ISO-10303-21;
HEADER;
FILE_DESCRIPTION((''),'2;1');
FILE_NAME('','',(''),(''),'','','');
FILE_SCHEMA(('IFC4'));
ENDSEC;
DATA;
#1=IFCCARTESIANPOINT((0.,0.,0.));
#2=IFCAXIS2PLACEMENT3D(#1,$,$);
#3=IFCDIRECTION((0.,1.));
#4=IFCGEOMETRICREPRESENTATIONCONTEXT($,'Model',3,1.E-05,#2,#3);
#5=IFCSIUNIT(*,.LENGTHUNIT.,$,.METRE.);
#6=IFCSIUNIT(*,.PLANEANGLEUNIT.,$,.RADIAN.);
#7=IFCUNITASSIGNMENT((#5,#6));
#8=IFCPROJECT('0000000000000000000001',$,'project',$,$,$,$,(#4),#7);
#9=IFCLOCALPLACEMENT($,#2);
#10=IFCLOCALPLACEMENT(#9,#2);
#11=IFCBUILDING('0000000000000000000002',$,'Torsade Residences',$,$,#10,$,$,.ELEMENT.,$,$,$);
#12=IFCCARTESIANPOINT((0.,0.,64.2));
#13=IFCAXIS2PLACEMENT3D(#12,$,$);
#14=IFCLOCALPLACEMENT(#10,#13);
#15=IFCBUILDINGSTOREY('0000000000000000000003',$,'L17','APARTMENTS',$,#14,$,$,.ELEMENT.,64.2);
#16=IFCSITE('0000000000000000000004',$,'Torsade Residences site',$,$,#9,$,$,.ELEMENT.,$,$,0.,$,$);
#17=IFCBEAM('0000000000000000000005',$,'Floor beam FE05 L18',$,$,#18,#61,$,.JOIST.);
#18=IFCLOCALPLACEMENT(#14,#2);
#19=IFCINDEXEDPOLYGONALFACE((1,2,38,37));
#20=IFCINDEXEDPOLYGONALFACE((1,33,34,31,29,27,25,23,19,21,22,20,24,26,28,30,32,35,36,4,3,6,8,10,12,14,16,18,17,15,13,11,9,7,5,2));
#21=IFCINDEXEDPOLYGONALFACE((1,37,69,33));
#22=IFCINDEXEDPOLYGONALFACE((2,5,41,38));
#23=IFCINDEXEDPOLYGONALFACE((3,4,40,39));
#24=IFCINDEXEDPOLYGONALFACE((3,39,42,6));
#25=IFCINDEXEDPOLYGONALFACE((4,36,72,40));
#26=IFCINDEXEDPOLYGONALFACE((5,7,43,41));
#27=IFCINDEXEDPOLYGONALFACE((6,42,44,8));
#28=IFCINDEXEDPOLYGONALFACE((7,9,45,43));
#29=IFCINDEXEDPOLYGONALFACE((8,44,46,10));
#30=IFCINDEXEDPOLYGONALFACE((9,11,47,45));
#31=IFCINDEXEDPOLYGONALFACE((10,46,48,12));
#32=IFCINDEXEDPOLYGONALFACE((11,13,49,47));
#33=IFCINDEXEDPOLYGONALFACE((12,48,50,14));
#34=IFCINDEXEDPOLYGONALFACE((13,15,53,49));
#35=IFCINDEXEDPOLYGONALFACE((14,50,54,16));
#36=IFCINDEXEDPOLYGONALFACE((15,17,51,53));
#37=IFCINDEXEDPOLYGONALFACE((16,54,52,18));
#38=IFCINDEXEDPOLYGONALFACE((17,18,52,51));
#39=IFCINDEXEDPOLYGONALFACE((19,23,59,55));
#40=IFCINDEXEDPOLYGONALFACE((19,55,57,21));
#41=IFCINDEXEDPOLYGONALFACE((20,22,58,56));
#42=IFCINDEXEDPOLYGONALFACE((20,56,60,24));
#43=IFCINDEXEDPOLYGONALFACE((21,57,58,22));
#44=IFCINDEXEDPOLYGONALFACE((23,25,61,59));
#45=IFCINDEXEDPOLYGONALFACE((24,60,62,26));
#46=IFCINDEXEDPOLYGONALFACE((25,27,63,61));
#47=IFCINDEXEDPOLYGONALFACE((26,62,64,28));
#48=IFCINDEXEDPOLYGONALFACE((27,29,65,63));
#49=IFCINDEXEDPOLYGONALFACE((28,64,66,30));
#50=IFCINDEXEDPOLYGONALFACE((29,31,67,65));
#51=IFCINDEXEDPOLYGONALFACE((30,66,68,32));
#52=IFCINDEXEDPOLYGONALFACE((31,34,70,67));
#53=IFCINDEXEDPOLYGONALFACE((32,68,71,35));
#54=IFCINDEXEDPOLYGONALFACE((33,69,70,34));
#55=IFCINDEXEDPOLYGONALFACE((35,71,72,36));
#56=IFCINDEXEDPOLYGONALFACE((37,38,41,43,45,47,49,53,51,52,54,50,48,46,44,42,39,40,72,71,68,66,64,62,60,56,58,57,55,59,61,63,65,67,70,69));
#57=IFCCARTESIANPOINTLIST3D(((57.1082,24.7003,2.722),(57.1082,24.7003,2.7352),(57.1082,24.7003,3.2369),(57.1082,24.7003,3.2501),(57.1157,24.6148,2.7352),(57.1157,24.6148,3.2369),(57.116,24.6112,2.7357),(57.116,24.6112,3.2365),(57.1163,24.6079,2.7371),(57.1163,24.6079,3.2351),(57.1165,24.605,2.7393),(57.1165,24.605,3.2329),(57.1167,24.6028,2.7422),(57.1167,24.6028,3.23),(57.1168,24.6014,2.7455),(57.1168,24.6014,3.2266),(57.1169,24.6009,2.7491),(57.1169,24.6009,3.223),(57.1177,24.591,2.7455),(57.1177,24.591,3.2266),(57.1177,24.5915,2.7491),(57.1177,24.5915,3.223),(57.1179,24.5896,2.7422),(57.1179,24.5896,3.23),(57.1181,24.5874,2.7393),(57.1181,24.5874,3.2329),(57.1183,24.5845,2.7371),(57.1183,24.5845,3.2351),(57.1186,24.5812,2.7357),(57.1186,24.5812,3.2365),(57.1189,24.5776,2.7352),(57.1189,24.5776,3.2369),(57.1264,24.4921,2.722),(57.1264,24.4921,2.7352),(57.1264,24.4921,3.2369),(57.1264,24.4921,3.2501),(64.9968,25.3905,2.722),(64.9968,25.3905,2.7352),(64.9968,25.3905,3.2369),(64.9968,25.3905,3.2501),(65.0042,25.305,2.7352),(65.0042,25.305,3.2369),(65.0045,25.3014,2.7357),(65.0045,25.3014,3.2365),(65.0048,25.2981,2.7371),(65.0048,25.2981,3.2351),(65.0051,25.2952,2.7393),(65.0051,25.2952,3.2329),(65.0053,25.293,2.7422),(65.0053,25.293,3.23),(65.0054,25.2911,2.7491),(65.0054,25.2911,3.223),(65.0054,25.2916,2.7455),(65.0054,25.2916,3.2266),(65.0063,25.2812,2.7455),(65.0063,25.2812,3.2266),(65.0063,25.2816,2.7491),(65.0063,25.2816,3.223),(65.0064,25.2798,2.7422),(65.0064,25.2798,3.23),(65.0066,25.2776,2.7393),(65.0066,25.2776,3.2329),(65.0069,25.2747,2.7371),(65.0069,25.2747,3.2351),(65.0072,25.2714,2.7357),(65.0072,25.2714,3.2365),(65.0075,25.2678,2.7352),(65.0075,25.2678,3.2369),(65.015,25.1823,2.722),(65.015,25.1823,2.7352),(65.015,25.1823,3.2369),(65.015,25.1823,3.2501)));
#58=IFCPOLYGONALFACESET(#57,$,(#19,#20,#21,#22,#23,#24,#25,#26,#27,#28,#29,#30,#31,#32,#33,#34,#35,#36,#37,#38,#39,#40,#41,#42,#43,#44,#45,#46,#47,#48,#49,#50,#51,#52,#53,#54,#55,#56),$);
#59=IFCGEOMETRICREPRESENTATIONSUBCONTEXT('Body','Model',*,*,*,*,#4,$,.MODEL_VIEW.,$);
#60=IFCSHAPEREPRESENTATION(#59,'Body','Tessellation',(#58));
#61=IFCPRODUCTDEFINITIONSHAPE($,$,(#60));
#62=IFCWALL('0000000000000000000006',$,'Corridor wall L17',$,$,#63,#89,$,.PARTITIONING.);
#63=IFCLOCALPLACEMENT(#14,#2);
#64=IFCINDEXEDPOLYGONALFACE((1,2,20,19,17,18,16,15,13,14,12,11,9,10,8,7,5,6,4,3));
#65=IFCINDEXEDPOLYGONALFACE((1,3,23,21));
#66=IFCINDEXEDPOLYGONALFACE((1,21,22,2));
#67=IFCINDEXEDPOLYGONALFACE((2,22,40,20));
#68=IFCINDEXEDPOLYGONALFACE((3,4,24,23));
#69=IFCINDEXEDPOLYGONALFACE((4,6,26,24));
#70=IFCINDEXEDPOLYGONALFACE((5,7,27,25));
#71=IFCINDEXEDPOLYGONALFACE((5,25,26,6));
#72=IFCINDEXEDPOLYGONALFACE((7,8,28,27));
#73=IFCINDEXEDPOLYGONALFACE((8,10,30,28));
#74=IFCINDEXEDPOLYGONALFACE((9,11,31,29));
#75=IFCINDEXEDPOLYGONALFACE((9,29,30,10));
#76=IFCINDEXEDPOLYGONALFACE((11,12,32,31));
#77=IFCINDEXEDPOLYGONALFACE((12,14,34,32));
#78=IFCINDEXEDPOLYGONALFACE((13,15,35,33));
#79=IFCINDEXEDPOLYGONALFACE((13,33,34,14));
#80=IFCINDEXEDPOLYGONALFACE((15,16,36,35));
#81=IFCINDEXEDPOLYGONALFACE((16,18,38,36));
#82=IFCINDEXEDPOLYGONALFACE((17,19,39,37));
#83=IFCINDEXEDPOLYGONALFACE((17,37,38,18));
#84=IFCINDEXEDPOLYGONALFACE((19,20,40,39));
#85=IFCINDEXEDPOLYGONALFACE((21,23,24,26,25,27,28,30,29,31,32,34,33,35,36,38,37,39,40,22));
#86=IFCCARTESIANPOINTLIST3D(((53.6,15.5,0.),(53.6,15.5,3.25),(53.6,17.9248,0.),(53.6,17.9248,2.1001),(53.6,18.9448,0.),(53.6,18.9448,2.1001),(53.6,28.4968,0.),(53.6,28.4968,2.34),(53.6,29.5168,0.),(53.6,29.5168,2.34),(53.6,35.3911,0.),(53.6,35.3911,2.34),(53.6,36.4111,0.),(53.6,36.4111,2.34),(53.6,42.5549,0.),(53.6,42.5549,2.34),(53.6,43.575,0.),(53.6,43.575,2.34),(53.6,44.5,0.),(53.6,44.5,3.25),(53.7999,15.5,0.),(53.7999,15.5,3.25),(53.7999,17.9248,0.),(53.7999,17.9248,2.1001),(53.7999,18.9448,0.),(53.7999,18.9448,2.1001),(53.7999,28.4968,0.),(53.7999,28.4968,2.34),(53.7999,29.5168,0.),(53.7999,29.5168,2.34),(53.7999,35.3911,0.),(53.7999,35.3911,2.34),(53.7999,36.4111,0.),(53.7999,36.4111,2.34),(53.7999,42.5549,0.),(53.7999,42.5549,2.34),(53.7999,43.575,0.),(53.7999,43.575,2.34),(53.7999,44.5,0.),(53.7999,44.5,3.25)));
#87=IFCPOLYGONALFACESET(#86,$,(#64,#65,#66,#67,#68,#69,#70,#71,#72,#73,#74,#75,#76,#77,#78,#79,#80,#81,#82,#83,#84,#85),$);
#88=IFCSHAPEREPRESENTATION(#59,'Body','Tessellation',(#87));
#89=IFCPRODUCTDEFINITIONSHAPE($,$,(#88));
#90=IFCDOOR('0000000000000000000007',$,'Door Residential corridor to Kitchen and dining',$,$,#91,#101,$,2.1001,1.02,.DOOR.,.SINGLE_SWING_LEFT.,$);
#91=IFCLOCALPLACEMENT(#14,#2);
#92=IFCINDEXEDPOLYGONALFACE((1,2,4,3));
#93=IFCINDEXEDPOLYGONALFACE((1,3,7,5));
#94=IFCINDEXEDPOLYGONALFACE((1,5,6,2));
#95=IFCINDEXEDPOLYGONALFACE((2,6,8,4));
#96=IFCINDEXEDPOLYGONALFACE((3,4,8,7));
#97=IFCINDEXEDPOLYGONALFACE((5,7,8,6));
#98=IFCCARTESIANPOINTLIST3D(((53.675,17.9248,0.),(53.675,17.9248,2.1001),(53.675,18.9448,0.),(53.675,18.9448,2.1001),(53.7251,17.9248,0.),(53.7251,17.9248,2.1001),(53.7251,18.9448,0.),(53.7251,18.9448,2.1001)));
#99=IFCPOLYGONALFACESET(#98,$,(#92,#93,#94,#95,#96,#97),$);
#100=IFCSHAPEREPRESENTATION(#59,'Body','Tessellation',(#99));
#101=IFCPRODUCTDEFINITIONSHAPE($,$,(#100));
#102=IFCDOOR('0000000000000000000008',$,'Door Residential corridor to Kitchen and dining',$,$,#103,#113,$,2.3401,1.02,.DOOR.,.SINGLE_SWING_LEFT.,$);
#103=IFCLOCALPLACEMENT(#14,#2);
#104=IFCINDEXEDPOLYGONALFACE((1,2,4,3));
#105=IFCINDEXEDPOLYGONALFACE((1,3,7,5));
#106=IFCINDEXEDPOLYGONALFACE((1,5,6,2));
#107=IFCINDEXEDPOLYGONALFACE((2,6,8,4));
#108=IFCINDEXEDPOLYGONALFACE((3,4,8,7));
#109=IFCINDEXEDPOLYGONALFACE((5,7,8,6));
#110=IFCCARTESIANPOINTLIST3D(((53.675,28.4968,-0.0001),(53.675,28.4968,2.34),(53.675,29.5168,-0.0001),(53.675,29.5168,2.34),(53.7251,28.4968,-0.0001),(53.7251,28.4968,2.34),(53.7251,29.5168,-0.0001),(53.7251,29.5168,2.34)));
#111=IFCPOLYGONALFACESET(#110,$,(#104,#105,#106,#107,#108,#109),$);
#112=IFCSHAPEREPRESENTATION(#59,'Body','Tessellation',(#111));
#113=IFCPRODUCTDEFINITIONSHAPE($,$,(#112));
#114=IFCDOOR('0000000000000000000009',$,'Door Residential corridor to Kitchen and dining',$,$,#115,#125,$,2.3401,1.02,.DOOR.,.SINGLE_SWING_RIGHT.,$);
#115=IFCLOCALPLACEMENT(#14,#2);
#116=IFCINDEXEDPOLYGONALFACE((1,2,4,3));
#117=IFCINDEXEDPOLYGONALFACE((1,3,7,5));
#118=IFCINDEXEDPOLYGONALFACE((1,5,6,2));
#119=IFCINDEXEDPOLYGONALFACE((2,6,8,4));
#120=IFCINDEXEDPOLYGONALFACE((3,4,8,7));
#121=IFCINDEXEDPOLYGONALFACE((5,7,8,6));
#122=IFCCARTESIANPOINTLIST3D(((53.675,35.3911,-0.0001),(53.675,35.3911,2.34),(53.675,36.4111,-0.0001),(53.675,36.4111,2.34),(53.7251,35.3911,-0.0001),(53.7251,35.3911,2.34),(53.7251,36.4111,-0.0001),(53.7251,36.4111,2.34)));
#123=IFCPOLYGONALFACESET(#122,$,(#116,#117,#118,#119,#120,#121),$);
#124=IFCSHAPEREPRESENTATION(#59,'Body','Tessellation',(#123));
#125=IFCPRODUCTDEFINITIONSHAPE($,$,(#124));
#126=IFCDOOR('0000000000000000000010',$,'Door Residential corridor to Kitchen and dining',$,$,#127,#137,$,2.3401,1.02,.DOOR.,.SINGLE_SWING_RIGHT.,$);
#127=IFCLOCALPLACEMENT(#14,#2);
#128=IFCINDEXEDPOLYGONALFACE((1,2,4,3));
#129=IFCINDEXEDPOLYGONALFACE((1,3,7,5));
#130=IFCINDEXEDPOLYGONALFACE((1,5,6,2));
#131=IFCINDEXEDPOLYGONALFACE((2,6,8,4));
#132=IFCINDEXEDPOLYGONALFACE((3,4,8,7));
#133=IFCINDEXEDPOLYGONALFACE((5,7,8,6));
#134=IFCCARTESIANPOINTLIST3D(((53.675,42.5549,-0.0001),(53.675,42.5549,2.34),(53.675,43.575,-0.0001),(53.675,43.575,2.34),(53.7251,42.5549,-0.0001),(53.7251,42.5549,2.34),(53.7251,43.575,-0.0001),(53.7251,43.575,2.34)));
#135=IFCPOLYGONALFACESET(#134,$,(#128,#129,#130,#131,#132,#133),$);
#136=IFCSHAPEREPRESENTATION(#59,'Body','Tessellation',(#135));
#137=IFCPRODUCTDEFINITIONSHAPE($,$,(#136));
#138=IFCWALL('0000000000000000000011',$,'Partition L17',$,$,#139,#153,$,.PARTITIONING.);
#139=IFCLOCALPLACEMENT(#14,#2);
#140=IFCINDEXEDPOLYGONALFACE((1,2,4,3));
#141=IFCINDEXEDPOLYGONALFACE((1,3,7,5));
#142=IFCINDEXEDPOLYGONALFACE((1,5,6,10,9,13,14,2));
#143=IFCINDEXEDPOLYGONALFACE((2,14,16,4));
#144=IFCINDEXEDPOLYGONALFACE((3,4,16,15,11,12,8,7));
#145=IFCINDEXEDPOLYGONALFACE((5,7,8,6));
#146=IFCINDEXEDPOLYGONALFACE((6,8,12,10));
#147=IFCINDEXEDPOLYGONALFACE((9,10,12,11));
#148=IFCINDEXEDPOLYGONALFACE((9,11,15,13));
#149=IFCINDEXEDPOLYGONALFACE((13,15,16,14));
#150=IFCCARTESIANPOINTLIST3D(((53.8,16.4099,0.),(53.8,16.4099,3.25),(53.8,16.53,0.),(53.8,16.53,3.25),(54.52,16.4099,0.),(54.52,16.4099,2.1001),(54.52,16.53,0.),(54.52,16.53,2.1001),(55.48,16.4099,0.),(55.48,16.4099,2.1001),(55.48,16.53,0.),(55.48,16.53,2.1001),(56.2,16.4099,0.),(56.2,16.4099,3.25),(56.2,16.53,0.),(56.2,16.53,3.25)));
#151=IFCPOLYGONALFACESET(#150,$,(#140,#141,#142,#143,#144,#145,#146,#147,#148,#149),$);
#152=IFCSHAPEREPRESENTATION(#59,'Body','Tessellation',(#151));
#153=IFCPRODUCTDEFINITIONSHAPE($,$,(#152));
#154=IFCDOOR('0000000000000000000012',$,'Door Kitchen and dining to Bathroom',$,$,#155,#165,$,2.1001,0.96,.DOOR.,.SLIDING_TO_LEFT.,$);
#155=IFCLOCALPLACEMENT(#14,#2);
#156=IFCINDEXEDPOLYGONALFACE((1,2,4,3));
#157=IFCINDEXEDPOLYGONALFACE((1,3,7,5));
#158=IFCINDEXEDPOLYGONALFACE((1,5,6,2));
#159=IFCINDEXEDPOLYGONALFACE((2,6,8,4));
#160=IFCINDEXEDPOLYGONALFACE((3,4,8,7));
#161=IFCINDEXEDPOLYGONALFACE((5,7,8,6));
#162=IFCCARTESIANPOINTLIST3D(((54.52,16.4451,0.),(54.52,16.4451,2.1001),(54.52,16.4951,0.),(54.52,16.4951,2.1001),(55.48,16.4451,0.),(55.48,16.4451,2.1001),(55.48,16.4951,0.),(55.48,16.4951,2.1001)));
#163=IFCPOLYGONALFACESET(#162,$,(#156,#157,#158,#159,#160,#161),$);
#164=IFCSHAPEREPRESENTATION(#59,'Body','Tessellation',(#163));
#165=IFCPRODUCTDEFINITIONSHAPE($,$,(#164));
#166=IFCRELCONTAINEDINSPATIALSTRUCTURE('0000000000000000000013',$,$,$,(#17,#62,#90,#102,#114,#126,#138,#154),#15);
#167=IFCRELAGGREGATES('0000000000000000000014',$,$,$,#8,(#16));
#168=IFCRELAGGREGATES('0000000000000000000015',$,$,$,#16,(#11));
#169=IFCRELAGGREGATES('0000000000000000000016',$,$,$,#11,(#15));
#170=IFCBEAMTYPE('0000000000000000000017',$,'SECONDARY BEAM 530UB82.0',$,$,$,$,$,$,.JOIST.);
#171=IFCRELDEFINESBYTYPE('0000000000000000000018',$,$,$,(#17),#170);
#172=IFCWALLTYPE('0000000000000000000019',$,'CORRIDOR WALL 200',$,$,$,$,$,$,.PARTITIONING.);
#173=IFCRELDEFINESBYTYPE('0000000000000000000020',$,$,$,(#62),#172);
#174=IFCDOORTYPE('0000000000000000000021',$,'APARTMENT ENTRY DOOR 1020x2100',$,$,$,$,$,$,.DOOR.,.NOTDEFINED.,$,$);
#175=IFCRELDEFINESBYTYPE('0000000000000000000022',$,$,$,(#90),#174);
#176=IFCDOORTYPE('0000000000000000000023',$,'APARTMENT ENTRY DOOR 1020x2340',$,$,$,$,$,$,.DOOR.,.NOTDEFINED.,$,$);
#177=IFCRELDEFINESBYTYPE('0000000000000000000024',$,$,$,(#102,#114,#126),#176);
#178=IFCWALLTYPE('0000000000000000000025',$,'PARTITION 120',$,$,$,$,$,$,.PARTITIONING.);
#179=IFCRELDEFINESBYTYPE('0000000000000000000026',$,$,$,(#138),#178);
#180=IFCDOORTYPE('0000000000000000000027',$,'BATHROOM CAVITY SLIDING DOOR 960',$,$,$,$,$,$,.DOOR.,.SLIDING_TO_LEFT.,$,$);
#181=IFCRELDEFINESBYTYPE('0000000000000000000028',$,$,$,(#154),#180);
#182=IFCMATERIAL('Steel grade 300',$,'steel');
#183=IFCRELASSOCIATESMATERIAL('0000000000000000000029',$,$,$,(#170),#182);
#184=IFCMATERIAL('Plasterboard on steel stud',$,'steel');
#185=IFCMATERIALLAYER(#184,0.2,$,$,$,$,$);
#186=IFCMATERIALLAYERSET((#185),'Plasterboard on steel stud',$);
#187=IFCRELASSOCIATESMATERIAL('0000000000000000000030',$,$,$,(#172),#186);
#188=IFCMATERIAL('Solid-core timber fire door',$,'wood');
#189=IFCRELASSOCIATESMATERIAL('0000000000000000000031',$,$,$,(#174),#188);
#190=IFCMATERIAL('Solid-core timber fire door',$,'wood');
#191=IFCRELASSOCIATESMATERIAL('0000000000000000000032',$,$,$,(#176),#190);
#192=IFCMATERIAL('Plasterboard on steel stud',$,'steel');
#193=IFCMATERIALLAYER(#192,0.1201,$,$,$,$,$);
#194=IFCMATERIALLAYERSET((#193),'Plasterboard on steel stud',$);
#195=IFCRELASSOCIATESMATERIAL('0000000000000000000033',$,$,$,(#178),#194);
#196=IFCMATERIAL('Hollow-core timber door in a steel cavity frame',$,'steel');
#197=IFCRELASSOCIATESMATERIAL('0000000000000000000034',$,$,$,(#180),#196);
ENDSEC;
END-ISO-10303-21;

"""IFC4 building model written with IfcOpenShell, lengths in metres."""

from ifc_helpers import new_model, si_unit, direction, frame, frame_2d, origin, origin_2d, place, context, subcontext, project, spatial, rectangle, i_section, extrude, material, layer, layer_set, material_profile, profile_set, type_object, element, fill, save


model = new_model("IFC4")

# Units and contexts
model_context = context("Model", 3, precision=1e-05, world=origin(), true_north=direction((0.0, 1.0)))
body_context = subcontext(model_context, "Body", "Model", "MODEL_VIEW")
ifc_project = project(units=[si_unit("LENGTHUNIT", "METRE"), si_unit("PLANEANGLEUNIT", "RADIAN")], contexts=[model_context])

# Site, building, storey
site_placement = place(None, origin())
site = spatial("IfcSite", under=ifc_project, at=site_placement, Name="Torsade Residences site", CompositionType="ELEMENT", RefElevation=0.0)
building_placement = place(site_placement, origin())
building = spatial("IfcBuilding", under=site, at=building_placement, Name="Torsade Residences", CompositionType="ELEMENT")
storey_placement = place(building_placement, frame((0.0, 0.0, 64.2)))
storey = spatial("IfcBuildingStorey", under=building, at=storey_placement, Name="L17", Description="APARTMENTS", CompositionType="ELEMENT", Elevation=64.2)

# Beam
ifc_material_1 = material(Name="Steel grade 300", Category="steel")
ifc_material_profile_1 = material_profile(ifc_material_1, i_section(OverallWidth=0.209, OverallDepth=0.5281, WebThickness=0.0095, FlangeThickness=0.0132, FilletRadius=0.0139, at=origin_2d()), Name="530UB82.0")
ifc_profile_set_1 = profile_set([ifc_material_profile_1], Name="Steel grade 300")
beam_type_1 = type_object("IfcBeamType", Name="SECONDARY BEAM 530UB82.0", PredefinedType="JOIST", material=ifc_profile_set_1)
beam_1_placement = place(storey_placement, frame((65.0059, 25.2864, 2.9861), z_axis=(-0.996195, -0.087158, 0.0), x_axis=(0.087158, -0.996195, 0.0)))
element("IfcBeam", 1, at=beam_1_placement, inside=storey, type_object=beam_type_1, Name="Floor beam FE05 L18", PredefinedType="JOIST", context=body_context, shape_type="SweptSolid", body=[
    extrude(i_section(OverallWidth=0.209, OverallDepth=0.5281, WebThickness=0.0095, FlangeThickness=0.0132, FilletRadius=0.0139, at=origin_2d()), origin(), (0.0, 0.0, 1.0), 7.9187),
])

# Wall, openings, doors
ifc_material_2 = material(Name="Plasterboard on steel stud", Category="steel")
ifc_layer_1 = layer(ifc_material_2, 0.2)
ifc_layer_set_1 = layer_set([ifc_layer_1], Name="Plasterboard on steel stud")
wall_type_1 = type_object("IfcWallType", Name="CORRIDOR WALL 200", PredefinedType="PARTITIONING", material=ifc_layer_set_1)
wall_1_placement = place(storey_placement, frame((53.7, 15.5, 0.0), z_axis=(0.0, 0.0, 1.0), x_axis=(0.0, 1.0, 0.0)))
wall_1 = element("IfcWall", 2, at=wall_1_placement, inside=storey, type_object=wall_type_1, Name="Corridor wall L17", PredefinedType="PARTITIONING", context=body_context, shape_type="SweptSolid", body=[
    extrude(rectangle(XDim=29.0, YDim=0.2, at=frame_2d((14.5, 0.0))), origin(), (0.0, 0.0, 1.0), 3.25),
])
opening_1_placement = place(wall_1_placement, frame((12.9968, 0.0, 0.0)))
opening_1 = element("IfcOpeningElement", 3, at=opening_1_placement, cuts=wall_1, PredefinedType="OPENING", context=body_context, shape_type="SweptSolid", body=[
    extrude(rectangle(XDim=1.02, YDim=2.3401, at=frame_2d((0.51, 1.1699))), frame((0.0, 0.1099, 0.0), z_axis=(0.0, -1.0, 0.0), x_axis=(1.0, 0.0, 0.0)), (0.0, 0.0, 1.0), 0.22),
])
opening_2_placement = place(wall_1_placement, frame((19.8911, 0.0, 0.0)))
opening_2 = element("IfcOpeningElement", 4, at=opening_2_placement, cuts=wall_1, PredefinedType="OPENING", context=body_context, shape_type="SweptSolid", body=[
    extrude(rectangle(XDim=1.02, YDim=2.3401, at=frame_2d((0.51, 1.1699))), frame((0.0, 0.1099, 0.0), z_axis=(0.0, -1.0, 0.0), x_axis=(1.0, 0.0, 0.0)), (0.0, 0.0, 1.0), 0.22),
])
opening_3_placement = place(wall_1_placement, frame((2.4248, 0.0, 0.0)))
opening_3 = element("IfcOpeningElement", 5, at=opening_3_placement, cuts=wall_1, PredefinedType="OPENING", context=body_context, shape_type="SweptSolid", body=[
    extrude(rectangle(XDim=1.02, YDim=2.1001, at=frame_2d((0.51, 1.05))), frame((0.0, 0.1099, 0.0), z_axis=(0.0, -1.0, 0.0), x_axis=(1.0, 0.0, 0.0)), (0.0, 0.0, 1.0), 0.22),
])
opening_4_placement = place(wall_1_placement, frame((27.0549, 0.0, 0.0)))
opening_4 = element("IfcOpeningElement", 6, at=opening_4_placement, cuts=wall_1, PredefinedType="OPENING", context=body_context, shape_type="SweptSolid", body=[
    extrude(rectangle(XDim=1.02, YDim=2.3401, at=frame_2d((0.51, 1.1699))), frame((0.0, 0.1099, 0.0), z_axis=(0.0, -1.0, 0.0), x_axis=(1.0, 0.0, 0.0)), (0.0, 0.0, 1.0), 0.22),
])
ifc_material_3 = material(Name="Solid-core timber fire door", Category="wood")
door_type_1 = type_object("IfcDoorType", Name="APARTMENT ENTRY DOOR 1020x2100", OperationType="NOTDEFINED", PredefinedType="DOOR", material=ifc_material_3)
door_1_placement = place(opening_3_placement, origin())
door_1 = element("IfcDoor", 7, at=door_1_placement, inside=storey, type_object=door_type_1, Name="Door Residential corridor to Kitchen and dining", OperationType="SINGLE_SWING_LEFT", OverallHeight=2.1001, OverallWidth=1.02, PredefinedType="DOOR", context=body_context, shape_type="SweptSolid", body=[
    extrude(rectangle(XDim=1.02, YDim=2.1001, at=frame_2d((0.51, 1.05))), frame((0.0, 0.0249, 0.0), z_axis=(0.0, -1.0, 0.0), x_axis=(1.0, 0.0, 0.0)), (0.0, 0.0, 1.0), 0.05),
])
fill(opening_3, door_1)
ifc_material_4 = material(Name="Solid-core timber fire door", Category="wood")
door_type_2 = type_object("IfcDoorType", Name="APARTMENT ENTRY DOOR 1020x2340", OperationType="NOTDEFINED", PredefinedType="DOOR", material=ifc_material_4)
door_2_placement = place(opening_1_placement, origin())
door_2 = element("IfcDoor", 8, at=door_2_placement, inside=storey, type_object=door_type_2, Name="Door Residential corridor to Kitchen and dining", OperationType="SINGLE_SWING_LEFT", OverallHeight=2.3401, OverallWidth=1.02, PredefinedType="DOOR", context=body_context, shape_type="SweptSolid", body=[
    extrude(rectangle(XDim=1.02, YDim=2.3401, at=frame_2d((0.51, 1.1699))), frame((0.0, 0.0249, 0.0), z_axis=(0.0, -1.0, 0.0), x_axis=(1.0, 0.0, 0.0)), (0.0, 0.0, 1.0), 0.05),
])
fill(opening_1, door_2)
door_3_placement = place(opening_2_placement, origin())
door_3 = element("IfcDoor", 9, at=door_3_placement, inside=storey, type_object=door_type_2, Name="Door Residential corridor to Kitchen and dining", OperationType="SINGLE_SWING_RIGHT", OverallHeight=2.3401, OverallWidth=1.02, PredefinedType="DOOR", context=body_context, shape_type="SweptSolid", body=[
    extrude(rectangle(XDim=1.02, YDim=2.3401, at=frame_2d((0.51, 1.1699))), frame((0.0, 0.0249, 0.0), z_axis=(0.0, -1.0, 0.0), x_axis=(1.0, 0.0, 0.0)), (0.0, 0.0, 1.0), 0.05),
])
fill(opening_2, door_3)
door_4_placement = place(opening_4_placement, origin())
door_4 = element("IfcDoor", 10, at=door_4_placement, inside=storey, type_object=door_type_2, Name="Door Residential corridor to Kitchen and dining", OperationType="SINGLE_SWING_RIGHT", OverallHeight=2.3401, OverallWidth=1.02, PredefinedType="DOOR", context=body_context, shape_type="SweptSolid", body=[
    extrude(rectangle(XDim=1.02, YDim=2.3401, at=frame_2d((0.51, 1.1699))), frame((0.0, 0.0249, 0.0), z_axis=(0.0, -1.0, 0.0), x_axis=(1.0, 0.0, 0.0)), (0.0, 0.0, 1.0), 0.05),
])
fill(opening_4, door_4)

# Wall, opening, door
ifc_material_5 = material(Name="Plasterboard on steel stud", Category="steel")
ifc_layer_2 = layer(ifc_material_5, 0.1201)
ifc_layer_set_2 = layer_set([ifc_layer_2], Name="Plasterboard on steel stud")
wall_type_2 = type_object("IfcWallType", Name="PARTITION 120", PredefinedType="PARTITIONING", material=ifc_layer_set_2)
wall_2_placement = place(storey_placement, frame((56.2, 16.47, 0.0), z_axis=(0.0, 0.0, 1.0), x_axis=(-1.0, 0.0, 0.0)))
wall_2 = element("IfcWall", 11, at=wall_2_placement, inside=storey, type_object=wall_type_2, Name="Partition L17", PredefinedType="PARTITIONING", context=body_context, shape_type="SweptSolid", body=[
    extrude(rectangle(XDim=2.3999, YDim=0.1201, at=frame_2d((1.2, 0.0))), origin(), (0.0, 0.0, 1.0), 3.25),
])
opening_5_placement = place(wall_2_placement, frame((0.72, 0.0, 0.0)))
opening_5 = element("IfcOpeningElement", 12, at=opening_5_placement, cuts=wall_2, PredefinedType="OPENING", context=body_context, shape_type="SweptSolid", body=[
    extrude(rectangle(XDim=0.96, YDim=2.1001, at=frame_2d((0.48, 1.05))), frame((0.0, 0.0701, 0.0), z_axis=(0.0, -1.0, 0.0), x_axis=(1.0, 0.0, 0.0)), (0.0, 0.0, 1.0), 0.1401),
])
ifc_material_6 = material(Name="Hollow-core timber door in a steel cavity frame", Category="steel")
door_type_3 = type_object("IfcDoorType", Name="BATHROOM CAVITY SLIDING DOOR 960", OperationType="SLIDING_TO_LEFT", PredefinedType="DOOR", material=ifc_material_6)
door_5_placement = place(opening_5_placement, origin())
door_5 = element("IfcDoor", 13, at=door_5_placement, inside=storey, type_object=door_type_3, Name="Door Kitchen and dining to Bathroom", OperationType="SLIDING_TO_LEFT", OverallHeight=2.1001, OverallWidth=0.96, PredefinedType="DOOR", context=body_context, shape_type="SweptSolid", body=[
    extrude(rectangle(XDim=0.96, YDim=2.1001, at=frame_2d((0.48, 1.05))), frame((0.0, 0.0249, 0.0), z_axis=(0.0, -1.0, 0.0), x_axis=(1.0, 0.0, 0.0)), (0.0, 0.0, 1.0), 0.05),
])
fill(opening_5, door_5)

save(model, "model.ifc")
